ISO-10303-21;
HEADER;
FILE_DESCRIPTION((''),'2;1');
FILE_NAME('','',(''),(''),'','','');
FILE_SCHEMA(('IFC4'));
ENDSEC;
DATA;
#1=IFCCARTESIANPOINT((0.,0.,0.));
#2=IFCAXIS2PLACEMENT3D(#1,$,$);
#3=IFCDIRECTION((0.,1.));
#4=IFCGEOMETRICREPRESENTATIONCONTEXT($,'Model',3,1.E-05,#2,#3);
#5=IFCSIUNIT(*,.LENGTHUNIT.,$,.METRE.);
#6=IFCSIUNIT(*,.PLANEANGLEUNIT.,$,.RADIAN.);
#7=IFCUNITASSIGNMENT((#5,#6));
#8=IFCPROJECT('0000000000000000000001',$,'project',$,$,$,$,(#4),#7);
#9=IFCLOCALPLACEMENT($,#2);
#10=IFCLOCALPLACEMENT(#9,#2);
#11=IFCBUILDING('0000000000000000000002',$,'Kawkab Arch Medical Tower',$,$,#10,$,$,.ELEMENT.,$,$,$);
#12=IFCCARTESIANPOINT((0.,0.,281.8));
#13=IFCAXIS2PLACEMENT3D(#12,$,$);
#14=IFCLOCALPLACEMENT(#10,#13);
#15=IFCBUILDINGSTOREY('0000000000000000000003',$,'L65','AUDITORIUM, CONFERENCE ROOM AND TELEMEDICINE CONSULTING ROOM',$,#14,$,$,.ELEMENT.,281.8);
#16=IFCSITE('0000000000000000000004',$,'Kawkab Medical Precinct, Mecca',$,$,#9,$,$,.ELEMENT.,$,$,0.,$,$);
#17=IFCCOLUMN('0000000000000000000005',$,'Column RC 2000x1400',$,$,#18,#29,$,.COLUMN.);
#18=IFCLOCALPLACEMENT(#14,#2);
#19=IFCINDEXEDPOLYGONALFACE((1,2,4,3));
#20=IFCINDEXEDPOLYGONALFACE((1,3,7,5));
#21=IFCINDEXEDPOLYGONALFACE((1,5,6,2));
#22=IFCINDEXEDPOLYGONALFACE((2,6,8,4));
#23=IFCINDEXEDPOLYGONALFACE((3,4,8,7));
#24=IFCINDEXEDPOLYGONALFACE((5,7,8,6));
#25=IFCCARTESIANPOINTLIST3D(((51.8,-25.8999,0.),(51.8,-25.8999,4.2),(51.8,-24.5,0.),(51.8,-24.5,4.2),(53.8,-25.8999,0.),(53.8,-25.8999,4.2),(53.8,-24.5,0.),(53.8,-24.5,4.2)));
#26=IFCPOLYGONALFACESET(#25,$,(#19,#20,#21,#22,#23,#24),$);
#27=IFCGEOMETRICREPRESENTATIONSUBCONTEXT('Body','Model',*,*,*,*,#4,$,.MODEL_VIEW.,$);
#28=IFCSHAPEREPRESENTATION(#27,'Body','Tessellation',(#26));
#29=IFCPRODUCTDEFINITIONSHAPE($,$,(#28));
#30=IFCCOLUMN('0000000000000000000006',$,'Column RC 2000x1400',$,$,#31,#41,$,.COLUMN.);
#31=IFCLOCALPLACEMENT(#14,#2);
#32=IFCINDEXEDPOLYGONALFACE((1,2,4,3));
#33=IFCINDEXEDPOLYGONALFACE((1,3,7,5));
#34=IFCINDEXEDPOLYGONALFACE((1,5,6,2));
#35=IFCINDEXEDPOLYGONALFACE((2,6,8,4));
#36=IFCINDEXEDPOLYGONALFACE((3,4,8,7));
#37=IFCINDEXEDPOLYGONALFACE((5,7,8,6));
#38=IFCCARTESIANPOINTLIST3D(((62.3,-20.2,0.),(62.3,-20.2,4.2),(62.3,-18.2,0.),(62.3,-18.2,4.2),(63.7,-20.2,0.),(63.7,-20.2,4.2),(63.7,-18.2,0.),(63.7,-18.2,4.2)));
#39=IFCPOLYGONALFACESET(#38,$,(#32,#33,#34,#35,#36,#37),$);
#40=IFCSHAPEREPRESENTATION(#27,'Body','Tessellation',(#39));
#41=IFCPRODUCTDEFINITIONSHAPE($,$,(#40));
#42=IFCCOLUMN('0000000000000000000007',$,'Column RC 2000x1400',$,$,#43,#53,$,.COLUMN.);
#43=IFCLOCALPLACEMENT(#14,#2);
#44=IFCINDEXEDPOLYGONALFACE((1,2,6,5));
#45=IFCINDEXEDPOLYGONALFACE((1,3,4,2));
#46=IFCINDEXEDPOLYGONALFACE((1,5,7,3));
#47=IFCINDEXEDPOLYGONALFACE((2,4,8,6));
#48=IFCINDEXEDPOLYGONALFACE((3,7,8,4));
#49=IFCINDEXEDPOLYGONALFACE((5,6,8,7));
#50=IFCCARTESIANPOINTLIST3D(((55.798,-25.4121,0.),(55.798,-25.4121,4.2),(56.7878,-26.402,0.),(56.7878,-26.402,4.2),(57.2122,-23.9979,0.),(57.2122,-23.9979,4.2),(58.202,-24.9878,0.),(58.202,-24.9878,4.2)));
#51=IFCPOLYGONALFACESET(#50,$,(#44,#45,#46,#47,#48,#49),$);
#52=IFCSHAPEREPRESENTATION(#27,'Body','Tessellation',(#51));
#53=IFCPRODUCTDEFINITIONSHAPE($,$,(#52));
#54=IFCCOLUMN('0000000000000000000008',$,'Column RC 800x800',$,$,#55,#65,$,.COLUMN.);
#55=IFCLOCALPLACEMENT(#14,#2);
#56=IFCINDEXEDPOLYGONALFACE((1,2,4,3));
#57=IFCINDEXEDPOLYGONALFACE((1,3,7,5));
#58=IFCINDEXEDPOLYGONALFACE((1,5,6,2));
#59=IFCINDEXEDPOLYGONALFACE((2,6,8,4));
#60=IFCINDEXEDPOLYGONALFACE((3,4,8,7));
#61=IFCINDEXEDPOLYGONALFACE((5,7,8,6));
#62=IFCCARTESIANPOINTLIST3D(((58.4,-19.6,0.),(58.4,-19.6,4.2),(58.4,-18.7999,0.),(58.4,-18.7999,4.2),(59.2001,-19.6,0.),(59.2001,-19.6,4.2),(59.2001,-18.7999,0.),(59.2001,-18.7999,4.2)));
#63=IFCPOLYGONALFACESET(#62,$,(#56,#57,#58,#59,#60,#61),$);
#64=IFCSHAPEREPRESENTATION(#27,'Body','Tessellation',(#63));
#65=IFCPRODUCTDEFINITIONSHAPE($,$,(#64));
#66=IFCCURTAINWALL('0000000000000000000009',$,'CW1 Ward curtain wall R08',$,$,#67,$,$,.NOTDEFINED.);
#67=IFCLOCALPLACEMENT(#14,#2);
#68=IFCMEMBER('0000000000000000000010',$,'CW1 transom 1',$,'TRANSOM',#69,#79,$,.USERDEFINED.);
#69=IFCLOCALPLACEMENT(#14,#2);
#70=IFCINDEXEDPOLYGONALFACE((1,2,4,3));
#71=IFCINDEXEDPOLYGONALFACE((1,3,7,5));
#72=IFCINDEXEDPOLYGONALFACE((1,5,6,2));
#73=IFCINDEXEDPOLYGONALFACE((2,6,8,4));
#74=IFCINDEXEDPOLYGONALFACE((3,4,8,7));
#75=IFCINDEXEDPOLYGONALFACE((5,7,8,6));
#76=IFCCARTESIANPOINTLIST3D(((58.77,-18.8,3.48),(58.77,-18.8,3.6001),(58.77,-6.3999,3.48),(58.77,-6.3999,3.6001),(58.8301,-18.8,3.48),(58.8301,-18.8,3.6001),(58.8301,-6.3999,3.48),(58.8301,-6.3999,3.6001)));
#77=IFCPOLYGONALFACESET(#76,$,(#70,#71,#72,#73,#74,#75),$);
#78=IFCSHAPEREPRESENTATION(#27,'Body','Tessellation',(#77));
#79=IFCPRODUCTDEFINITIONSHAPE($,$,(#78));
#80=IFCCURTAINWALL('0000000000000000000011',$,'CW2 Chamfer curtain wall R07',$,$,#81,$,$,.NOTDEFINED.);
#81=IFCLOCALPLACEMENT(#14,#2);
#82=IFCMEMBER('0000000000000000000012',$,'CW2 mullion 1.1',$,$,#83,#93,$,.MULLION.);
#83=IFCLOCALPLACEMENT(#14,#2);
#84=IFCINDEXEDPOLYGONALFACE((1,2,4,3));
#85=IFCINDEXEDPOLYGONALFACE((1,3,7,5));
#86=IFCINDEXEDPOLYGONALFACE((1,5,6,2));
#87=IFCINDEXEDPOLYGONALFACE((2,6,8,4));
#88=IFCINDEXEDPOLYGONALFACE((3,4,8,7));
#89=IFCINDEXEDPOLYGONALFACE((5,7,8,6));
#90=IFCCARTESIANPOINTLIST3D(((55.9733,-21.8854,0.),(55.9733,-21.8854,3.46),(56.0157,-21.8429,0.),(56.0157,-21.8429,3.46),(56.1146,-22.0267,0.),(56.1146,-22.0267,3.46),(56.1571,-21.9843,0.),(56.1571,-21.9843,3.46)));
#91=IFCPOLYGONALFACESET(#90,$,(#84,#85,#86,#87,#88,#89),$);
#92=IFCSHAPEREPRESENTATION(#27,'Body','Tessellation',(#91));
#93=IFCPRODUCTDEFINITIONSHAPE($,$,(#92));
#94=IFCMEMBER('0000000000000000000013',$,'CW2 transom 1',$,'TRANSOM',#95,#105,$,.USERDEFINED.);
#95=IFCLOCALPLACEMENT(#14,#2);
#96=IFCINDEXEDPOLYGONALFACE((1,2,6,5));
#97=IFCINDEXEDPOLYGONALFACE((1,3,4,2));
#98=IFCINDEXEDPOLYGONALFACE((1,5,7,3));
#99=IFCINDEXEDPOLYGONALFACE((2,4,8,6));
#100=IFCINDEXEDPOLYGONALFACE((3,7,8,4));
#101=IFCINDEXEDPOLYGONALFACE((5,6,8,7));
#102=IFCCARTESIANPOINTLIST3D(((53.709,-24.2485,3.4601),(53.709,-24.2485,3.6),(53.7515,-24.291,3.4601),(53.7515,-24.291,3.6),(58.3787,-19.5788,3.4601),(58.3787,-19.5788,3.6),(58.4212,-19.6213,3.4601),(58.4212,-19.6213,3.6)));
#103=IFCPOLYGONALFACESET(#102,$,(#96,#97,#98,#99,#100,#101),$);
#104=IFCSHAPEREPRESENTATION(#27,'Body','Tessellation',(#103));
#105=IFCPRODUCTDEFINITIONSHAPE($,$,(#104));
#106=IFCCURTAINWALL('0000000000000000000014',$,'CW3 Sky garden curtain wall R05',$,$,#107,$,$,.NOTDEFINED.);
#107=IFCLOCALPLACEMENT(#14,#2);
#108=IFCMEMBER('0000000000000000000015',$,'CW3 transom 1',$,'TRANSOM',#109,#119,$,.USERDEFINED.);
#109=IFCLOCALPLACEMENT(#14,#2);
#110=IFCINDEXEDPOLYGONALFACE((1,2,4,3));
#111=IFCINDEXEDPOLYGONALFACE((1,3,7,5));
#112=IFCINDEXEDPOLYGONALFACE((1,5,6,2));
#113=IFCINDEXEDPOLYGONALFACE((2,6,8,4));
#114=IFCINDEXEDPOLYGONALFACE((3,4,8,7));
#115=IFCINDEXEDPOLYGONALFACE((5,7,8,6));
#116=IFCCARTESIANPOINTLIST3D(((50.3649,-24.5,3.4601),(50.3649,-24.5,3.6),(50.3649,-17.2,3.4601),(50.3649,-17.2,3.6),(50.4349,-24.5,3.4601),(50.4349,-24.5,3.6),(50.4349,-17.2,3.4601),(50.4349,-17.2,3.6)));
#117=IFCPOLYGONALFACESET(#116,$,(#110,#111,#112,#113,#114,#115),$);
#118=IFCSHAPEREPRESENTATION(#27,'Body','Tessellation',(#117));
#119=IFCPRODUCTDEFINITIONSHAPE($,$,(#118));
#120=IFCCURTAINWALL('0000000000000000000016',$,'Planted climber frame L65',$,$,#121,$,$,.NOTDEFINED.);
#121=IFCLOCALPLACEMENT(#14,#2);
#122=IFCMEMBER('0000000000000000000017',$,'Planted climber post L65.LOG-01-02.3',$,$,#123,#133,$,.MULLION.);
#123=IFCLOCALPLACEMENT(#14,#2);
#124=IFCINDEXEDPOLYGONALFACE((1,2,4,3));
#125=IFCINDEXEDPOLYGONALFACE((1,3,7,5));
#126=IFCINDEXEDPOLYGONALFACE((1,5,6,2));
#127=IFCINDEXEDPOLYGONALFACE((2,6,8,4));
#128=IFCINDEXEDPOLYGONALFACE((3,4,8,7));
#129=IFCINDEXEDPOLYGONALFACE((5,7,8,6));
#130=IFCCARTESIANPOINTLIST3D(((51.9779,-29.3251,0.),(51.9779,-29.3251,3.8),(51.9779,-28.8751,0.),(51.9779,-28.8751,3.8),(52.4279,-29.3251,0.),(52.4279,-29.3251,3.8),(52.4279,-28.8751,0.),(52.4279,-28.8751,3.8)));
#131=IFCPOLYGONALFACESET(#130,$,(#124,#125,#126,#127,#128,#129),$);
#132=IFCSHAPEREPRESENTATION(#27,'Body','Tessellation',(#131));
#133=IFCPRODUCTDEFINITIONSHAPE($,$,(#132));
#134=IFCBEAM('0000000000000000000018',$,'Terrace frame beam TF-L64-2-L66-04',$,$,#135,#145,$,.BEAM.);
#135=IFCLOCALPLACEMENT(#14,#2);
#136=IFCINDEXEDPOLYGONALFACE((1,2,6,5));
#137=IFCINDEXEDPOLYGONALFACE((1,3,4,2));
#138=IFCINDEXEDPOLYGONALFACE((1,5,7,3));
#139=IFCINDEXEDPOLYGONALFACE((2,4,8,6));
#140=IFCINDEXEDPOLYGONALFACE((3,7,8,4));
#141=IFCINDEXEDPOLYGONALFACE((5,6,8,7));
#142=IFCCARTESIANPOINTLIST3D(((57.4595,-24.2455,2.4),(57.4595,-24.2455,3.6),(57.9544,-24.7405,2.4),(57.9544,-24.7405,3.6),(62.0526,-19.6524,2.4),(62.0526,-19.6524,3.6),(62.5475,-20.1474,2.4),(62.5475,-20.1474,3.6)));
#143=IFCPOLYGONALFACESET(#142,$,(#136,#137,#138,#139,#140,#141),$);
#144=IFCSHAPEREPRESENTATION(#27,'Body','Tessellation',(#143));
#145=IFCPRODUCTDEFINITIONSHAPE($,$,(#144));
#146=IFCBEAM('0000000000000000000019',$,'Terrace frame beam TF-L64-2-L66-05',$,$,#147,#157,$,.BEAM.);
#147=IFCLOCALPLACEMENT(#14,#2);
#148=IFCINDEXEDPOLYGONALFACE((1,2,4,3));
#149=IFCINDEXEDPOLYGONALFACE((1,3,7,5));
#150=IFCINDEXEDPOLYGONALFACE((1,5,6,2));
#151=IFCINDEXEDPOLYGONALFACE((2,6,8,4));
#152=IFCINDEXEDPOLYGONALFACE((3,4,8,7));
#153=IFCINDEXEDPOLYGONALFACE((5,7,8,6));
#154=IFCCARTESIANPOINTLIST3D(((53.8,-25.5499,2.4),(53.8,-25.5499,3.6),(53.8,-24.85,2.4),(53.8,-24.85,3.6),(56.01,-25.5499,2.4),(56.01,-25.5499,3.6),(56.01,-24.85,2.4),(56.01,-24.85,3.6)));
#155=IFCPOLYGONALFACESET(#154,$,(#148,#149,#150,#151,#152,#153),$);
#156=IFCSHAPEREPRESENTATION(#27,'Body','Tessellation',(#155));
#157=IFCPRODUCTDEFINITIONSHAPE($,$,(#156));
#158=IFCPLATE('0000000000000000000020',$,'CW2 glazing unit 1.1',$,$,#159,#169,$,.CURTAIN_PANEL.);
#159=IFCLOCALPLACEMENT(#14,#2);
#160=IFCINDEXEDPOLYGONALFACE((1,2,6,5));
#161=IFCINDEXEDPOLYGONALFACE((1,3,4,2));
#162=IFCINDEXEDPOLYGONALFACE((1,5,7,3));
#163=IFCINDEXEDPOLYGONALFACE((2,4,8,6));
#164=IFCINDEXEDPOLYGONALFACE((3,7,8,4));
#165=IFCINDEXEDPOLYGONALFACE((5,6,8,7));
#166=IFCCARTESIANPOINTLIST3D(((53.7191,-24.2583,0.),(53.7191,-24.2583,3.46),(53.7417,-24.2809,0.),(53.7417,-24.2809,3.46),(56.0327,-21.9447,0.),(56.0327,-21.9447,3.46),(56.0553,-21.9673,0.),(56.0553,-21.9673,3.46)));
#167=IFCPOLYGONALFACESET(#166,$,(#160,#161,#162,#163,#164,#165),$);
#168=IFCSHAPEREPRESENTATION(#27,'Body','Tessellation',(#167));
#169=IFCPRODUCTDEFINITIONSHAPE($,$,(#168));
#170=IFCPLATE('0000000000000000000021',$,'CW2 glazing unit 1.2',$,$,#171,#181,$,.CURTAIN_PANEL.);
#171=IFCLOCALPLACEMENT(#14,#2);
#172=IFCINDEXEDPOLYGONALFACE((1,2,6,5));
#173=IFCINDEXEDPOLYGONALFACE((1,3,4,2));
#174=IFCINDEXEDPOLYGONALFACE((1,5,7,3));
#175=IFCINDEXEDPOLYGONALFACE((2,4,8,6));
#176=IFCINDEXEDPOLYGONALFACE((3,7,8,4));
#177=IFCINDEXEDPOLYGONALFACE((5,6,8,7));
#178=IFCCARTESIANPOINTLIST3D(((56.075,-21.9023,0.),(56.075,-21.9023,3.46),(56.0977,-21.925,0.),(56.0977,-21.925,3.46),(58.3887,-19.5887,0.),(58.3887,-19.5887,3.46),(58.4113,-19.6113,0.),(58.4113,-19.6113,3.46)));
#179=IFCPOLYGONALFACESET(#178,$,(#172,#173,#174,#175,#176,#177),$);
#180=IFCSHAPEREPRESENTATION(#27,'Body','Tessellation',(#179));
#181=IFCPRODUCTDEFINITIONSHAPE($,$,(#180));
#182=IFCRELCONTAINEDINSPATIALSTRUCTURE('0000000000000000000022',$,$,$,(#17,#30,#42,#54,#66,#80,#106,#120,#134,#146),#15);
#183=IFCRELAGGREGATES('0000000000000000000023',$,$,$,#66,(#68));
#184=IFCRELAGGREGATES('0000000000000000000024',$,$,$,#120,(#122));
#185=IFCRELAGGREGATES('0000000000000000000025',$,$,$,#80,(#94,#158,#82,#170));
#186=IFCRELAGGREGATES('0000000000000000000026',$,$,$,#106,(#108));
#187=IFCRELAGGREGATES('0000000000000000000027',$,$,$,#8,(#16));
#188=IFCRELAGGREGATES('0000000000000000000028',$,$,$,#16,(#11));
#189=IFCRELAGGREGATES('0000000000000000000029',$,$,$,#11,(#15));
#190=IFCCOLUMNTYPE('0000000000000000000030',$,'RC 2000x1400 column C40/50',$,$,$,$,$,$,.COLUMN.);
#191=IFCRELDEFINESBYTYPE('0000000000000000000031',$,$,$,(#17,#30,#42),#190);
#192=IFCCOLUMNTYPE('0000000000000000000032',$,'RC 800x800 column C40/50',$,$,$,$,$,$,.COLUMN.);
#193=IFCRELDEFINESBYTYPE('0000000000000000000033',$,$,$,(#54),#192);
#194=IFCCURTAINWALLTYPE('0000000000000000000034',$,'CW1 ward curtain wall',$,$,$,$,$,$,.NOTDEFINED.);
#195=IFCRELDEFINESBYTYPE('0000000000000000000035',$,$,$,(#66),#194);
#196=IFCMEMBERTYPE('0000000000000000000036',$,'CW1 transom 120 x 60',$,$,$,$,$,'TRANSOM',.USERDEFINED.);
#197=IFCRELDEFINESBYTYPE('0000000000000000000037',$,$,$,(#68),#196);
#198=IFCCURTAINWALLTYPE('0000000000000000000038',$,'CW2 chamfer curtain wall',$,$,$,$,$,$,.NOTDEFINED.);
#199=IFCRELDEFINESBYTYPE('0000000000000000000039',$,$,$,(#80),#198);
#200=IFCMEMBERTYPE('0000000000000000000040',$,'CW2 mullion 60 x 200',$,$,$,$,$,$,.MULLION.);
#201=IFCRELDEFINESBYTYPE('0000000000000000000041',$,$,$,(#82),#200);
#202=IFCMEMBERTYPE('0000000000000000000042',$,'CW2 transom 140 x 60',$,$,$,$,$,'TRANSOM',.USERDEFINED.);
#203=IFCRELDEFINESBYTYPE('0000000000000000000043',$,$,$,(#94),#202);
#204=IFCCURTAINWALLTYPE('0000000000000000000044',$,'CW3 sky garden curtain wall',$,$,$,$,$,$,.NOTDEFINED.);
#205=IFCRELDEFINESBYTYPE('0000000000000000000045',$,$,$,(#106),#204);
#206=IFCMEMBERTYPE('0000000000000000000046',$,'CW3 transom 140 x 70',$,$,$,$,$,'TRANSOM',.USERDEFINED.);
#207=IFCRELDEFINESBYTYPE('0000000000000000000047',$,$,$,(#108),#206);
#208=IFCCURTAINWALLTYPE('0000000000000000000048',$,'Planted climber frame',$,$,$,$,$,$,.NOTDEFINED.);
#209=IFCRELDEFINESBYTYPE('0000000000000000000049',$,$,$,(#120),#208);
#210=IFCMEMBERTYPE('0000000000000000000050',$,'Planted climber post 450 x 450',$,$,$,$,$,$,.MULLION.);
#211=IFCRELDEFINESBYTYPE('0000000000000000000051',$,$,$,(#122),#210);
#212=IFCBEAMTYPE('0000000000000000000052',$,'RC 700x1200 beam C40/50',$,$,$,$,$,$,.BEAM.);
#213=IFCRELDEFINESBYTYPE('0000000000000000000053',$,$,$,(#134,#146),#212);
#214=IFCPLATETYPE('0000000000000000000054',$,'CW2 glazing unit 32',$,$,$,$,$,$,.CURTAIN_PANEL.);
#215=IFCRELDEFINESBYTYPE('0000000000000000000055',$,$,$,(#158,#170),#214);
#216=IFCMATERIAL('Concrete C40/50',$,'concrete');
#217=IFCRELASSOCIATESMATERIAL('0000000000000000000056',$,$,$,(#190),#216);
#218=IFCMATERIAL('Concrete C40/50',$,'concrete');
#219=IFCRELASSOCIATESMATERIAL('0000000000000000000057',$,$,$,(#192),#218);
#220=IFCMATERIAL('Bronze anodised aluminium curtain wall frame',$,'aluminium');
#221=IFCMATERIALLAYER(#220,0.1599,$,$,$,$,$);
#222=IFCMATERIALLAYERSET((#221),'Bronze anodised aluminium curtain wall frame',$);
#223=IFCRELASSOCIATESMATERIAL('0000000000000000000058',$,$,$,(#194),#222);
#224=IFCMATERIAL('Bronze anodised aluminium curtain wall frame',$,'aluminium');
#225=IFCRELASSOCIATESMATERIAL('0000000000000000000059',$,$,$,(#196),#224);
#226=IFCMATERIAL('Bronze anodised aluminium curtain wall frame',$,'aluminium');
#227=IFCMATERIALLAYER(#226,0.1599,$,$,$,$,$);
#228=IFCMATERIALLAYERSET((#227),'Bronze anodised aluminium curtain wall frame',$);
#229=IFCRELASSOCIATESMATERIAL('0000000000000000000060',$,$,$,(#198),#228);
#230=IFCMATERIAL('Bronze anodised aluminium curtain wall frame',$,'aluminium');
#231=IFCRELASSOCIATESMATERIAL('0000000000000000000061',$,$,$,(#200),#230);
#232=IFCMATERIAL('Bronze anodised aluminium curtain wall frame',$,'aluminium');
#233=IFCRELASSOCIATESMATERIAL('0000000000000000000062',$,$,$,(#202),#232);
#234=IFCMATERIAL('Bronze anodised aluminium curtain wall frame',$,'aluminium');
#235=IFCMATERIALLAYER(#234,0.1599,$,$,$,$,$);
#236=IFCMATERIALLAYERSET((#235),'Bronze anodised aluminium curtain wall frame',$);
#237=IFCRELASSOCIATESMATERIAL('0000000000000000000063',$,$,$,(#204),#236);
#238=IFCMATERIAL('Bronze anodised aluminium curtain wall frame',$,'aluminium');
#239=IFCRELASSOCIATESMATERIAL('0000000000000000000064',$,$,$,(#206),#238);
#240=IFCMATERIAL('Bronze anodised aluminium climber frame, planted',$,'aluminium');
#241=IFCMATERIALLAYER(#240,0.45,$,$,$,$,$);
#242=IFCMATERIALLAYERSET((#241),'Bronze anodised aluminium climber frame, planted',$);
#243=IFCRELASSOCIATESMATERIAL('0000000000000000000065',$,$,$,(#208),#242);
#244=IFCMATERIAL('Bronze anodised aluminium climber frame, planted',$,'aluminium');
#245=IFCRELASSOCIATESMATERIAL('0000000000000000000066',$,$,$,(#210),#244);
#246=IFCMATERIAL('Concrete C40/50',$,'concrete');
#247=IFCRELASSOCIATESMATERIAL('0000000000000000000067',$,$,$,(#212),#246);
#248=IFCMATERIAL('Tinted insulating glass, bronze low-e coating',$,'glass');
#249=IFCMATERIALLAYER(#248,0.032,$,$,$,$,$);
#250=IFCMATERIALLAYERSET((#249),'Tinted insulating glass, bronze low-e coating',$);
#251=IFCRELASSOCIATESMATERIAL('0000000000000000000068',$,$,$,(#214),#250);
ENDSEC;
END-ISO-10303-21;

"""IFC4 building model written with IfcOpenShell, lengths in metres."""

from ifc_helpers import new_model, si_unit, direction, frame, origin, origin_2d, place, context, subcontext, project, spatial, rectangle, extrude, material, layer, layer_set, material_profile, profile_set, type_object, element, aggregate, save


model = new_model("IFC4")

# Units and contexts
model_context = context("Model", 3, precision=1e-05, world=origin(), true_north=direction((0.0, 1.0)))
body_context = subcontext(model_context, "Body", "Model", "MODEL_VIEW")
ifc_project = project(units=[si_unit("LENGTHUNIT", "METRE"), si_unit("PLANEANGLEUNIT", "RADIAN")], contexts=[model_context])

# Site, building, storey
site_placement = place(None, origin())
site = spatial("IfcSite", under=ifc_project, at=site_placement, Name="Kawkab Medical Precinct, Mecca", CompositionType="ELEMENT", RefElevation=0.0)
building_placement = place(site_placement, origin())
building = spatial("IfcBuilding", under=site, at=building_placement, Name="Kawkab Arch Medical Tower", CompositionType="ELEMENT")
storey_placement = place(building_placement, frame((0.0, 0.0, 281.8)))
storey = spatial("IfcBuildingStorey", under=building, at=storey_placement, Name="L65", Description="AUDITORIUM, CONFERENCE ROOM AND TELEMEDICINE CONSULTING ROOM", CompositionType="ELEMENT", Elevation=281.8)

# Columns
ifc_material_1 = material(Name="Concrete C40/50", Category="concrete")
ifc_material_profile_1 = material_profile(ifc_material_1, rectangle(XDim=2.0, YDim=1.3999, at=origin_2d()), Name="RC 2000x1400")
ifc_profile_set_1 = profile_set([ifc_material_profile_1], Name="Concrete C40/50")
column_type_1 = type_object("IfcColumnType", Name="RC 2000x1400 column C40/50", PredefinedType="COLUMN", material=ifc_profile_set_1)
for number, where, z_axis, x_axis, name in (
    (1, (52.8, -25.2, 0.0), (0.0, 0.0, 1.0), (-1.0, 0.0, 0.0), "Column RC 2000x1400"),
    (2, (63.0, -19.2, 0.0), (0.0, 0.0, 1.0), (0.0, -1.0, 0.0), "Column RC 2000x1400"),
    (3, (57.0, -25.2, 0.0), (0.0, 0.0, 1.0), (-0.707107, -0.707107, 0.0), "Column RC 2000x1400"),
):
    element("IfcColumn", number, at=place(storey_placement, frame(where, z_axis=z_axis, x_axis=x_axis)), inside=storey, type_object=column_type_1, Name=name, PredefinedType="COLUMN", context=body_context, shape_type="SweptSolid", body=[
        extrude(rectangle(XDim=2.0, YDim=1.3999, at=origin_2d()), origin(), (0.0, 0.0, 1.0), 4.2),
    ])
ifc_material_2 = material(Name="Concrete C40/50", Category="concrete")
ifc_material_profile_2 = material_profile(ifc_material_2, rectangle(XDim=0.8, YDim=0.8, at=origin_2d()), Name="RC 800x800")
ifc_profile_set_2 = profile_set([ifc_material_profile_2], Name="Concrete C40/50")
column_type_2 = type_object("IfcColumnType", Name="RC 800x800 column C40/50", PredefinedType="COLUMN", material=ifc_profile_set_2)
column_placement = place(storey_placement, frame((58.8, -19.2, 0.0), z_axis=(0.0, 0.0, 1.0), x_axis=(1.0, 0.0, 0.0)))
element("IfcColumn", 4, at=column_placement, inside=storey, type_object=column_type_2, Name="Column RC 800x800", PredefinedType="COLUMN", context=body_context, shape_type="SweptSolid", body=[
    extrude(rectangle(XDim=0.8, YDim=0.8, at=origin_2d()), origin(), (0.0, 0.0, 1.0), 4.2),
])

# Curtain wall, member
ifc_material_3 = material(Name="Bronze anodised aluminium curtain wall frame", Category="aluminium")
ifc_layer_1 = layer(ifc_material_3, 0.1599)
ifc_layer_set_1 = layer_set([ifc_layer_1], Name="Bronze anodised aluminium curtain wall frame")
curtain_wall_type_1 = type_object("IfcCurtainWallType", Name="CW1 ward curtain wall", PredefinedType="NOTDEFINED", material=ifc_layer_set_1)
placement = place(storey_placement, origin())
curtain_wall_1 = element("IfcCurtainWall", 5, at=placement, inside=storey, type_object=curtain_wall_type_1, Name="CW1 Ward curtain wall R08", PredefinedType="NOTDEFINED")
ifc_material_4 = material(Name="Bronze anodised aluminium curtain wall frame", Category="aluminium")
ifc_material_profile_3 = material_profile(ifc_material_4, rectangle(XDim=0.0601, YDim=0.1201, at=origin_2d()), Name="AL 60x120")
ifc_profile_set_3 = profile_set([ifc_material_profile_3], Name="Bronze anodised aluminium curtain wall frame")
member_type_1 = type_object("IfcMemberType", Name="CW1 transom 120 x 60", ElementType="TRANSOM", PredefinedType="USERDEFINED", material=ifc_profile_set_3)
member_1_placement = place(storey_placement, frame((58.8, -18.8, 3.54), z_axis=(0.0, 1.0, 0.0), x_axis=(-1.0, 0.0, 0.0)))
member_1 = element("IfcMember", 6, at=member_1_placement, type_object=member_type_1, Name="CW1 transom 1", ObjectType="TRANSOM", PredefinedType="USERDEFINED", context=body_context, shape_type="SweptSolid", body=[
    extrude(rectangle(XDim=0.0601, YDim=0.1201, at=origin_2d()), origin(), (0.0, 0.0, 1.0), 12.4001),
])
aggregate(curtain_wall_1, [member_1])

# Curtain wall, members
ifc_material_5 = material(Name="Bronze anodised aluminium curtain wall frame", Category="aluminium")
ifc_layer_2 = layer(ifc_material_5, 0.1599)
ifc_layer_set_2 = layer_set([ifc_layer_2], Name="Bronze anodised aluminium curtain wall frame")
curtain_wall_type_2 = type_object("IfcCurtainWallType", Name="CW2 chamfer curtain wall", PredefinedType="NOTDEFINED", material=ifc_layer_set_2)
curtain_wall_2 = element("IfcCurtainWall", 7, at=placement, inside=storey, type_object=curtain_wall_type_2, Name="CW2 Chamfer curtain wall R07", PredefinedType="NOTDEFINED")
ifc_material_6 = material(Name="Bronze anodised aluminium curtain wall frame", Category="aluminium")
ifc_material_profile_4 = material_profile(ifc_material_6, rectangle(XDim=0.2, YDim=0.0601, at=origin_2d()), Name="AL 60x200")
ifc_profile_set_4 = profile_set([ifc_material_profile_4], Name="Bronze anodised aluminium curtain wall frame")
member_type_2 = type_object("IfcMemberType", Name="CW2 mullion 60 x 200", PredefinedType="MULLION", material=ifc_profile_set_4)
member_2_placement = place(storey_placement, frame((56.0652, -21.9348, 0.0), z_axis=(0.0, 0.0, 1.0), x_axis=(-0.707107, 0.707107, 0.0)))
member_2 = element("IfcMember", 8, at=member_2_placement, type_object=member_type_2, Name="CW2 mullion 1.1", PredefinedType="MULLION", context=body_context, shape_type="SweptSolid", body=[
    extrude(rectangle(XDim=0.2, YDim=0.0601, at=origin_2d()), origin(), (0.0, 0.0, 1.0), 3.46),
])
ifc_material_7 = material(Name="Bronze anodised aluminium curtain wall frame", Category="aluminium")
ifc_material_profile_5 = material_profile(ifc_material_7, rectangle(XDim=0.0601, YDim=0.1399, at=origin_2d()), Name="AL 60x140")
ifc_profile_set_5 = profile_set([ifc_material_profile_5], Name="Bronze anodised aluminium curtain wall frame")
member_type_3 = type_object("IfcMemberType", Name="CW2 transom 140 x 60", ElementType="TRANSOM", PredefinedType="USERDEFINED", material=ifc_profile_set_5)
member_3_placement = place(storey_placement, frame((53.7302, -24.2698, 3.53), z_axis=(0.707107, 0.707107, 0.0), x_axis=(-0.707107, 0.707107, 0.0)))
member_3 = element("IfcMember", 9, at=member_3_placement, type_object=member_type_3, Name="CW2 transom 1", ObjectType="TRANSOM", PredefinedType="USERDEFINED", context=body_context, shape_type="SweptSolid", body=[
    extrude(rectangle(XDim=0.0601, YDim=0.1399, at=origin_2d()), origin(), (0.0, 0.0, 1.0), 6.604),
])

# Curtain walls, members
ifc_material_8 = material(Name="Bronze anodised aluminium curtain wall frame", Category="aluminium")
ifc_layer_3 = layer(ifc_material_8, 0.1599)
ifc_layer_set_3 = layer_set([ifc_layer_3], Name="Bronze anodised aluminium curtain wall frame")
curtain_wall_type_3 = type_object("IfcCurtainWallType", Name="CW3 sky garden curtain wall", PredefinedType="NOTDEFINED", material=ifc_layer_set_3)
curtain_wall_3 = element("IfcCurtainWall", 10, at=placement, inside=storey, type_object=curtain_wall_type_3, Name="CW3 Sky garden curtain wall R05", PredefinedType="NOTDEFINED")
ifc_material_9 = material(Name="Bronze anodised aluminium curtain wall frame", Category="aluminium")
ifc_material_profile_6 = material_profile(ifc_material_9, rectangle(XDim=0.0701, YDim=0.1399, at=origin_2d()), Name="AL 70x140")
ifc_profile_set_6 = profile_set([ifc_material_profile_6], Name="Bronze anodised aluminium curtain wall frame")
member_type_4 = type_object("IfcMemberType", Name="CW3 transom 140 x 70", ElementType="TRANSOM", PredefinedType="USERDEFINED", material=ifc_profile_set_6)
member_4_placement = place(storey_placement, frame((50.3999, -17.2, 3.53), z_axis=(0.0, -1.0, 0.0), x_axis=(1.0, 0.0, 0.0)))
member_4 = element("IfcMember", 11, at=member_4_placement, type_object=member_type_4, Name="CW3 transom 1", ObjectType="TRANSOM", PredefinedType="USERDEFINED", context=body_context, shape_type="SweptSolid", body=[
    extrude(rectangle(XDim=0.0701, YDim=0.1399, at=origin_2d()), origin(), (0.0, 0.0, 1.0), 7.3),
])
ifc_material_10 = material(Name="Bronze anodised aluminium climber frame, planted", Category="aluminium")
ifc_layer_4 = layer(ifc_material_10, 0.45)
ifc_layer_set_4 = layer_set([ifc_layer_4], Name="Bronze anodised aluminium climber frame, planted")
curtain_wall_type_4 = type_object("IfcCurtainWallType", Name="Planted climber frame", PredefinedType="NOTDEFINED", material=ifc_layer_set_4)
curtain_wall_4 = element("IfcCurtainWall", 12, at=placement, inside=storey, type_object=curtain_wall_type_4, Name="Planted climber frame L65", PredefinedType="NOTDEFINED")
ifc_material_11 = material(Name="Bronze anodised aluminium climber frame, planted", Category="aluminium")
ifc_material_profile_7 = material_profile(ifc_material_11, rectangle(XDim=0.45, YDim=0.45, at=origin_2d()), Name="Post 450x450")
ifc_profile_set_7 = profile_set([ifc_material_profile_7], Name="Bronze anodised aluminium climber frame, planted")
member_type_5 = type_object("IfcMemberType", Name="Planted climber post 450 x 450", PredefinedType="MULLION", material=ifc_profile_set_7)
member_5_placement = place(storey_placement, frame((52.2029, -29.1001, 0.0), z_axis=(0.0, 0.0, 1.0), x_axis=(1.0, 0.0, 0.0)))
member_5 = element("IfcMember", 13, at=member_5_placement, type_object=member_type_5, Name="Planted climber post L65.LOG-01-02.3", PredefinedType="MULLION", context=body_context, shape_type="SweptSolid", body=[
    extrude(rectangle(XDim=0.45, YDim=0.45, at=origin_2d()), origin(), (0.0, 0.0, 1.0), 3.8),
])
aggregate(curtain_wall_4, [member_5])

# Beams
ifc_material_12 = material(Name="Concrete C40/50", Category="concrete")
ifc_material_profile_8 = material_profile(ifc_material_12, rectangle(XDim=0.7, YDim=1.2, at=origin_2d()), Name="RC 700x1200")
ifc_profile_set_8 = profile_set([ifc_material_profile_8], Name="Concrete C40/50")
beam_type = type_object("IfcBeamType", Name="RC 700x1200 beam C40/50", PredefinedType="BEAM", material=ifc_profile_set_8)
beam_1_placement = place(storey_placement, frame((62.3, -19.8999, 3.0), z_axis=(-0.707107, -0.707107, 0.0), x_axis=(0.707107, -0.707107, 0.0)))
element("IfcBeam", 14, at=beam_1_placement, inside=storey, type_object=beam_type, Name="Terrace frame beam TF-L64-2-L66-04", PredefinedType="BEAM", context=body_context, shape_type="SweptSolid", body=[
    extrude(rectangle(XDim=0.7, YDim=1.2, at=origin_2d()), origin(), (0.0, 0.0, 1.0), 6.4956),
])
beam_2_placement = place(storey_placement, frame((56.01, -25.2, 3.0), z_axis=(-1.0, 0.0, 0.0), x_axis=(0.0, -1.0, 0.0)))
element("IfcBeam", 15, at=beam_2_placement, inside=storey, type_object=beam_type, Name="Terrace frame beam TF-L64-2-L66-05", PredefinedType="BEAM", context=body_context, shape_type="SweptSolid", body=[
    extrude(rectangle(XDim=0.7, YDim=1.2, at=origin_2d()), origin(), (0.0, 0.0, 1.0), 2.21),
])

# Plates
ifc_material_13 = material(Name="Tinted insulating glass, bronze low-e coating", Category="glass")
ifc_layer_5 = layer(ifc_material_13, 0.032)
ifc_layer_set_5 = layer_set([ifc_layer_5], Name="Tinted insulating glass, bronze low-e coating")
plate_type_1 = type_object("IfcPlateType", Name="CW2 glazing unit 32", PredefinedType="CURTAIN_PANEL", material=ifc_layer_set_5)
plate_1_placement = place(storey_placement, frame((54.8872, -23.1128, 0.0), z_axis=(0.0, 0.0, 1.0), x_axis=(0.707107, 0.707107, 0.0)))
plate_1 = element("IfcPlate", 16, at=plate_1_placement, type_object=plate_type_1, Name="CW2 glazing unit 1.1", PredefinedType="CURTAIN_PANEL", context=body_context, shape_type="SweptSolid", body=[
    extrude(rectangle(XDim=3.272, YDim=0.032, at=origin_2d()), origin(), (0.0, 0.0, 1.0), 3.46),
])
plate_2_placement = place(storey_placement, frame((57.2432, -20.7568, 0.0), z_axis=(0.0, 0.0, 1.0), x_axis=(0.707107, 0.707107, 0.0)))
plate_2 = element("IfcPlate", 17, at=plate_2_placement, type_object=plate_type_1, Name="CW2 glazing unit 1.2", PredefinedType="CURTAIN_PANEL", context=body_context, shape_type="SweptSolid", body=[
    extrude(rectangle(XDim=3.272, YDim=0.032, at=origin_2d()), origin(), (0.0, 0.0, 1.0), 3.46),
])
aggregate(curtain_wall_2, [member_3, plate_1, member_2, plate_2])
aggregate(curtain_wall_3, [member_4])

save(model, "model.ifc")
